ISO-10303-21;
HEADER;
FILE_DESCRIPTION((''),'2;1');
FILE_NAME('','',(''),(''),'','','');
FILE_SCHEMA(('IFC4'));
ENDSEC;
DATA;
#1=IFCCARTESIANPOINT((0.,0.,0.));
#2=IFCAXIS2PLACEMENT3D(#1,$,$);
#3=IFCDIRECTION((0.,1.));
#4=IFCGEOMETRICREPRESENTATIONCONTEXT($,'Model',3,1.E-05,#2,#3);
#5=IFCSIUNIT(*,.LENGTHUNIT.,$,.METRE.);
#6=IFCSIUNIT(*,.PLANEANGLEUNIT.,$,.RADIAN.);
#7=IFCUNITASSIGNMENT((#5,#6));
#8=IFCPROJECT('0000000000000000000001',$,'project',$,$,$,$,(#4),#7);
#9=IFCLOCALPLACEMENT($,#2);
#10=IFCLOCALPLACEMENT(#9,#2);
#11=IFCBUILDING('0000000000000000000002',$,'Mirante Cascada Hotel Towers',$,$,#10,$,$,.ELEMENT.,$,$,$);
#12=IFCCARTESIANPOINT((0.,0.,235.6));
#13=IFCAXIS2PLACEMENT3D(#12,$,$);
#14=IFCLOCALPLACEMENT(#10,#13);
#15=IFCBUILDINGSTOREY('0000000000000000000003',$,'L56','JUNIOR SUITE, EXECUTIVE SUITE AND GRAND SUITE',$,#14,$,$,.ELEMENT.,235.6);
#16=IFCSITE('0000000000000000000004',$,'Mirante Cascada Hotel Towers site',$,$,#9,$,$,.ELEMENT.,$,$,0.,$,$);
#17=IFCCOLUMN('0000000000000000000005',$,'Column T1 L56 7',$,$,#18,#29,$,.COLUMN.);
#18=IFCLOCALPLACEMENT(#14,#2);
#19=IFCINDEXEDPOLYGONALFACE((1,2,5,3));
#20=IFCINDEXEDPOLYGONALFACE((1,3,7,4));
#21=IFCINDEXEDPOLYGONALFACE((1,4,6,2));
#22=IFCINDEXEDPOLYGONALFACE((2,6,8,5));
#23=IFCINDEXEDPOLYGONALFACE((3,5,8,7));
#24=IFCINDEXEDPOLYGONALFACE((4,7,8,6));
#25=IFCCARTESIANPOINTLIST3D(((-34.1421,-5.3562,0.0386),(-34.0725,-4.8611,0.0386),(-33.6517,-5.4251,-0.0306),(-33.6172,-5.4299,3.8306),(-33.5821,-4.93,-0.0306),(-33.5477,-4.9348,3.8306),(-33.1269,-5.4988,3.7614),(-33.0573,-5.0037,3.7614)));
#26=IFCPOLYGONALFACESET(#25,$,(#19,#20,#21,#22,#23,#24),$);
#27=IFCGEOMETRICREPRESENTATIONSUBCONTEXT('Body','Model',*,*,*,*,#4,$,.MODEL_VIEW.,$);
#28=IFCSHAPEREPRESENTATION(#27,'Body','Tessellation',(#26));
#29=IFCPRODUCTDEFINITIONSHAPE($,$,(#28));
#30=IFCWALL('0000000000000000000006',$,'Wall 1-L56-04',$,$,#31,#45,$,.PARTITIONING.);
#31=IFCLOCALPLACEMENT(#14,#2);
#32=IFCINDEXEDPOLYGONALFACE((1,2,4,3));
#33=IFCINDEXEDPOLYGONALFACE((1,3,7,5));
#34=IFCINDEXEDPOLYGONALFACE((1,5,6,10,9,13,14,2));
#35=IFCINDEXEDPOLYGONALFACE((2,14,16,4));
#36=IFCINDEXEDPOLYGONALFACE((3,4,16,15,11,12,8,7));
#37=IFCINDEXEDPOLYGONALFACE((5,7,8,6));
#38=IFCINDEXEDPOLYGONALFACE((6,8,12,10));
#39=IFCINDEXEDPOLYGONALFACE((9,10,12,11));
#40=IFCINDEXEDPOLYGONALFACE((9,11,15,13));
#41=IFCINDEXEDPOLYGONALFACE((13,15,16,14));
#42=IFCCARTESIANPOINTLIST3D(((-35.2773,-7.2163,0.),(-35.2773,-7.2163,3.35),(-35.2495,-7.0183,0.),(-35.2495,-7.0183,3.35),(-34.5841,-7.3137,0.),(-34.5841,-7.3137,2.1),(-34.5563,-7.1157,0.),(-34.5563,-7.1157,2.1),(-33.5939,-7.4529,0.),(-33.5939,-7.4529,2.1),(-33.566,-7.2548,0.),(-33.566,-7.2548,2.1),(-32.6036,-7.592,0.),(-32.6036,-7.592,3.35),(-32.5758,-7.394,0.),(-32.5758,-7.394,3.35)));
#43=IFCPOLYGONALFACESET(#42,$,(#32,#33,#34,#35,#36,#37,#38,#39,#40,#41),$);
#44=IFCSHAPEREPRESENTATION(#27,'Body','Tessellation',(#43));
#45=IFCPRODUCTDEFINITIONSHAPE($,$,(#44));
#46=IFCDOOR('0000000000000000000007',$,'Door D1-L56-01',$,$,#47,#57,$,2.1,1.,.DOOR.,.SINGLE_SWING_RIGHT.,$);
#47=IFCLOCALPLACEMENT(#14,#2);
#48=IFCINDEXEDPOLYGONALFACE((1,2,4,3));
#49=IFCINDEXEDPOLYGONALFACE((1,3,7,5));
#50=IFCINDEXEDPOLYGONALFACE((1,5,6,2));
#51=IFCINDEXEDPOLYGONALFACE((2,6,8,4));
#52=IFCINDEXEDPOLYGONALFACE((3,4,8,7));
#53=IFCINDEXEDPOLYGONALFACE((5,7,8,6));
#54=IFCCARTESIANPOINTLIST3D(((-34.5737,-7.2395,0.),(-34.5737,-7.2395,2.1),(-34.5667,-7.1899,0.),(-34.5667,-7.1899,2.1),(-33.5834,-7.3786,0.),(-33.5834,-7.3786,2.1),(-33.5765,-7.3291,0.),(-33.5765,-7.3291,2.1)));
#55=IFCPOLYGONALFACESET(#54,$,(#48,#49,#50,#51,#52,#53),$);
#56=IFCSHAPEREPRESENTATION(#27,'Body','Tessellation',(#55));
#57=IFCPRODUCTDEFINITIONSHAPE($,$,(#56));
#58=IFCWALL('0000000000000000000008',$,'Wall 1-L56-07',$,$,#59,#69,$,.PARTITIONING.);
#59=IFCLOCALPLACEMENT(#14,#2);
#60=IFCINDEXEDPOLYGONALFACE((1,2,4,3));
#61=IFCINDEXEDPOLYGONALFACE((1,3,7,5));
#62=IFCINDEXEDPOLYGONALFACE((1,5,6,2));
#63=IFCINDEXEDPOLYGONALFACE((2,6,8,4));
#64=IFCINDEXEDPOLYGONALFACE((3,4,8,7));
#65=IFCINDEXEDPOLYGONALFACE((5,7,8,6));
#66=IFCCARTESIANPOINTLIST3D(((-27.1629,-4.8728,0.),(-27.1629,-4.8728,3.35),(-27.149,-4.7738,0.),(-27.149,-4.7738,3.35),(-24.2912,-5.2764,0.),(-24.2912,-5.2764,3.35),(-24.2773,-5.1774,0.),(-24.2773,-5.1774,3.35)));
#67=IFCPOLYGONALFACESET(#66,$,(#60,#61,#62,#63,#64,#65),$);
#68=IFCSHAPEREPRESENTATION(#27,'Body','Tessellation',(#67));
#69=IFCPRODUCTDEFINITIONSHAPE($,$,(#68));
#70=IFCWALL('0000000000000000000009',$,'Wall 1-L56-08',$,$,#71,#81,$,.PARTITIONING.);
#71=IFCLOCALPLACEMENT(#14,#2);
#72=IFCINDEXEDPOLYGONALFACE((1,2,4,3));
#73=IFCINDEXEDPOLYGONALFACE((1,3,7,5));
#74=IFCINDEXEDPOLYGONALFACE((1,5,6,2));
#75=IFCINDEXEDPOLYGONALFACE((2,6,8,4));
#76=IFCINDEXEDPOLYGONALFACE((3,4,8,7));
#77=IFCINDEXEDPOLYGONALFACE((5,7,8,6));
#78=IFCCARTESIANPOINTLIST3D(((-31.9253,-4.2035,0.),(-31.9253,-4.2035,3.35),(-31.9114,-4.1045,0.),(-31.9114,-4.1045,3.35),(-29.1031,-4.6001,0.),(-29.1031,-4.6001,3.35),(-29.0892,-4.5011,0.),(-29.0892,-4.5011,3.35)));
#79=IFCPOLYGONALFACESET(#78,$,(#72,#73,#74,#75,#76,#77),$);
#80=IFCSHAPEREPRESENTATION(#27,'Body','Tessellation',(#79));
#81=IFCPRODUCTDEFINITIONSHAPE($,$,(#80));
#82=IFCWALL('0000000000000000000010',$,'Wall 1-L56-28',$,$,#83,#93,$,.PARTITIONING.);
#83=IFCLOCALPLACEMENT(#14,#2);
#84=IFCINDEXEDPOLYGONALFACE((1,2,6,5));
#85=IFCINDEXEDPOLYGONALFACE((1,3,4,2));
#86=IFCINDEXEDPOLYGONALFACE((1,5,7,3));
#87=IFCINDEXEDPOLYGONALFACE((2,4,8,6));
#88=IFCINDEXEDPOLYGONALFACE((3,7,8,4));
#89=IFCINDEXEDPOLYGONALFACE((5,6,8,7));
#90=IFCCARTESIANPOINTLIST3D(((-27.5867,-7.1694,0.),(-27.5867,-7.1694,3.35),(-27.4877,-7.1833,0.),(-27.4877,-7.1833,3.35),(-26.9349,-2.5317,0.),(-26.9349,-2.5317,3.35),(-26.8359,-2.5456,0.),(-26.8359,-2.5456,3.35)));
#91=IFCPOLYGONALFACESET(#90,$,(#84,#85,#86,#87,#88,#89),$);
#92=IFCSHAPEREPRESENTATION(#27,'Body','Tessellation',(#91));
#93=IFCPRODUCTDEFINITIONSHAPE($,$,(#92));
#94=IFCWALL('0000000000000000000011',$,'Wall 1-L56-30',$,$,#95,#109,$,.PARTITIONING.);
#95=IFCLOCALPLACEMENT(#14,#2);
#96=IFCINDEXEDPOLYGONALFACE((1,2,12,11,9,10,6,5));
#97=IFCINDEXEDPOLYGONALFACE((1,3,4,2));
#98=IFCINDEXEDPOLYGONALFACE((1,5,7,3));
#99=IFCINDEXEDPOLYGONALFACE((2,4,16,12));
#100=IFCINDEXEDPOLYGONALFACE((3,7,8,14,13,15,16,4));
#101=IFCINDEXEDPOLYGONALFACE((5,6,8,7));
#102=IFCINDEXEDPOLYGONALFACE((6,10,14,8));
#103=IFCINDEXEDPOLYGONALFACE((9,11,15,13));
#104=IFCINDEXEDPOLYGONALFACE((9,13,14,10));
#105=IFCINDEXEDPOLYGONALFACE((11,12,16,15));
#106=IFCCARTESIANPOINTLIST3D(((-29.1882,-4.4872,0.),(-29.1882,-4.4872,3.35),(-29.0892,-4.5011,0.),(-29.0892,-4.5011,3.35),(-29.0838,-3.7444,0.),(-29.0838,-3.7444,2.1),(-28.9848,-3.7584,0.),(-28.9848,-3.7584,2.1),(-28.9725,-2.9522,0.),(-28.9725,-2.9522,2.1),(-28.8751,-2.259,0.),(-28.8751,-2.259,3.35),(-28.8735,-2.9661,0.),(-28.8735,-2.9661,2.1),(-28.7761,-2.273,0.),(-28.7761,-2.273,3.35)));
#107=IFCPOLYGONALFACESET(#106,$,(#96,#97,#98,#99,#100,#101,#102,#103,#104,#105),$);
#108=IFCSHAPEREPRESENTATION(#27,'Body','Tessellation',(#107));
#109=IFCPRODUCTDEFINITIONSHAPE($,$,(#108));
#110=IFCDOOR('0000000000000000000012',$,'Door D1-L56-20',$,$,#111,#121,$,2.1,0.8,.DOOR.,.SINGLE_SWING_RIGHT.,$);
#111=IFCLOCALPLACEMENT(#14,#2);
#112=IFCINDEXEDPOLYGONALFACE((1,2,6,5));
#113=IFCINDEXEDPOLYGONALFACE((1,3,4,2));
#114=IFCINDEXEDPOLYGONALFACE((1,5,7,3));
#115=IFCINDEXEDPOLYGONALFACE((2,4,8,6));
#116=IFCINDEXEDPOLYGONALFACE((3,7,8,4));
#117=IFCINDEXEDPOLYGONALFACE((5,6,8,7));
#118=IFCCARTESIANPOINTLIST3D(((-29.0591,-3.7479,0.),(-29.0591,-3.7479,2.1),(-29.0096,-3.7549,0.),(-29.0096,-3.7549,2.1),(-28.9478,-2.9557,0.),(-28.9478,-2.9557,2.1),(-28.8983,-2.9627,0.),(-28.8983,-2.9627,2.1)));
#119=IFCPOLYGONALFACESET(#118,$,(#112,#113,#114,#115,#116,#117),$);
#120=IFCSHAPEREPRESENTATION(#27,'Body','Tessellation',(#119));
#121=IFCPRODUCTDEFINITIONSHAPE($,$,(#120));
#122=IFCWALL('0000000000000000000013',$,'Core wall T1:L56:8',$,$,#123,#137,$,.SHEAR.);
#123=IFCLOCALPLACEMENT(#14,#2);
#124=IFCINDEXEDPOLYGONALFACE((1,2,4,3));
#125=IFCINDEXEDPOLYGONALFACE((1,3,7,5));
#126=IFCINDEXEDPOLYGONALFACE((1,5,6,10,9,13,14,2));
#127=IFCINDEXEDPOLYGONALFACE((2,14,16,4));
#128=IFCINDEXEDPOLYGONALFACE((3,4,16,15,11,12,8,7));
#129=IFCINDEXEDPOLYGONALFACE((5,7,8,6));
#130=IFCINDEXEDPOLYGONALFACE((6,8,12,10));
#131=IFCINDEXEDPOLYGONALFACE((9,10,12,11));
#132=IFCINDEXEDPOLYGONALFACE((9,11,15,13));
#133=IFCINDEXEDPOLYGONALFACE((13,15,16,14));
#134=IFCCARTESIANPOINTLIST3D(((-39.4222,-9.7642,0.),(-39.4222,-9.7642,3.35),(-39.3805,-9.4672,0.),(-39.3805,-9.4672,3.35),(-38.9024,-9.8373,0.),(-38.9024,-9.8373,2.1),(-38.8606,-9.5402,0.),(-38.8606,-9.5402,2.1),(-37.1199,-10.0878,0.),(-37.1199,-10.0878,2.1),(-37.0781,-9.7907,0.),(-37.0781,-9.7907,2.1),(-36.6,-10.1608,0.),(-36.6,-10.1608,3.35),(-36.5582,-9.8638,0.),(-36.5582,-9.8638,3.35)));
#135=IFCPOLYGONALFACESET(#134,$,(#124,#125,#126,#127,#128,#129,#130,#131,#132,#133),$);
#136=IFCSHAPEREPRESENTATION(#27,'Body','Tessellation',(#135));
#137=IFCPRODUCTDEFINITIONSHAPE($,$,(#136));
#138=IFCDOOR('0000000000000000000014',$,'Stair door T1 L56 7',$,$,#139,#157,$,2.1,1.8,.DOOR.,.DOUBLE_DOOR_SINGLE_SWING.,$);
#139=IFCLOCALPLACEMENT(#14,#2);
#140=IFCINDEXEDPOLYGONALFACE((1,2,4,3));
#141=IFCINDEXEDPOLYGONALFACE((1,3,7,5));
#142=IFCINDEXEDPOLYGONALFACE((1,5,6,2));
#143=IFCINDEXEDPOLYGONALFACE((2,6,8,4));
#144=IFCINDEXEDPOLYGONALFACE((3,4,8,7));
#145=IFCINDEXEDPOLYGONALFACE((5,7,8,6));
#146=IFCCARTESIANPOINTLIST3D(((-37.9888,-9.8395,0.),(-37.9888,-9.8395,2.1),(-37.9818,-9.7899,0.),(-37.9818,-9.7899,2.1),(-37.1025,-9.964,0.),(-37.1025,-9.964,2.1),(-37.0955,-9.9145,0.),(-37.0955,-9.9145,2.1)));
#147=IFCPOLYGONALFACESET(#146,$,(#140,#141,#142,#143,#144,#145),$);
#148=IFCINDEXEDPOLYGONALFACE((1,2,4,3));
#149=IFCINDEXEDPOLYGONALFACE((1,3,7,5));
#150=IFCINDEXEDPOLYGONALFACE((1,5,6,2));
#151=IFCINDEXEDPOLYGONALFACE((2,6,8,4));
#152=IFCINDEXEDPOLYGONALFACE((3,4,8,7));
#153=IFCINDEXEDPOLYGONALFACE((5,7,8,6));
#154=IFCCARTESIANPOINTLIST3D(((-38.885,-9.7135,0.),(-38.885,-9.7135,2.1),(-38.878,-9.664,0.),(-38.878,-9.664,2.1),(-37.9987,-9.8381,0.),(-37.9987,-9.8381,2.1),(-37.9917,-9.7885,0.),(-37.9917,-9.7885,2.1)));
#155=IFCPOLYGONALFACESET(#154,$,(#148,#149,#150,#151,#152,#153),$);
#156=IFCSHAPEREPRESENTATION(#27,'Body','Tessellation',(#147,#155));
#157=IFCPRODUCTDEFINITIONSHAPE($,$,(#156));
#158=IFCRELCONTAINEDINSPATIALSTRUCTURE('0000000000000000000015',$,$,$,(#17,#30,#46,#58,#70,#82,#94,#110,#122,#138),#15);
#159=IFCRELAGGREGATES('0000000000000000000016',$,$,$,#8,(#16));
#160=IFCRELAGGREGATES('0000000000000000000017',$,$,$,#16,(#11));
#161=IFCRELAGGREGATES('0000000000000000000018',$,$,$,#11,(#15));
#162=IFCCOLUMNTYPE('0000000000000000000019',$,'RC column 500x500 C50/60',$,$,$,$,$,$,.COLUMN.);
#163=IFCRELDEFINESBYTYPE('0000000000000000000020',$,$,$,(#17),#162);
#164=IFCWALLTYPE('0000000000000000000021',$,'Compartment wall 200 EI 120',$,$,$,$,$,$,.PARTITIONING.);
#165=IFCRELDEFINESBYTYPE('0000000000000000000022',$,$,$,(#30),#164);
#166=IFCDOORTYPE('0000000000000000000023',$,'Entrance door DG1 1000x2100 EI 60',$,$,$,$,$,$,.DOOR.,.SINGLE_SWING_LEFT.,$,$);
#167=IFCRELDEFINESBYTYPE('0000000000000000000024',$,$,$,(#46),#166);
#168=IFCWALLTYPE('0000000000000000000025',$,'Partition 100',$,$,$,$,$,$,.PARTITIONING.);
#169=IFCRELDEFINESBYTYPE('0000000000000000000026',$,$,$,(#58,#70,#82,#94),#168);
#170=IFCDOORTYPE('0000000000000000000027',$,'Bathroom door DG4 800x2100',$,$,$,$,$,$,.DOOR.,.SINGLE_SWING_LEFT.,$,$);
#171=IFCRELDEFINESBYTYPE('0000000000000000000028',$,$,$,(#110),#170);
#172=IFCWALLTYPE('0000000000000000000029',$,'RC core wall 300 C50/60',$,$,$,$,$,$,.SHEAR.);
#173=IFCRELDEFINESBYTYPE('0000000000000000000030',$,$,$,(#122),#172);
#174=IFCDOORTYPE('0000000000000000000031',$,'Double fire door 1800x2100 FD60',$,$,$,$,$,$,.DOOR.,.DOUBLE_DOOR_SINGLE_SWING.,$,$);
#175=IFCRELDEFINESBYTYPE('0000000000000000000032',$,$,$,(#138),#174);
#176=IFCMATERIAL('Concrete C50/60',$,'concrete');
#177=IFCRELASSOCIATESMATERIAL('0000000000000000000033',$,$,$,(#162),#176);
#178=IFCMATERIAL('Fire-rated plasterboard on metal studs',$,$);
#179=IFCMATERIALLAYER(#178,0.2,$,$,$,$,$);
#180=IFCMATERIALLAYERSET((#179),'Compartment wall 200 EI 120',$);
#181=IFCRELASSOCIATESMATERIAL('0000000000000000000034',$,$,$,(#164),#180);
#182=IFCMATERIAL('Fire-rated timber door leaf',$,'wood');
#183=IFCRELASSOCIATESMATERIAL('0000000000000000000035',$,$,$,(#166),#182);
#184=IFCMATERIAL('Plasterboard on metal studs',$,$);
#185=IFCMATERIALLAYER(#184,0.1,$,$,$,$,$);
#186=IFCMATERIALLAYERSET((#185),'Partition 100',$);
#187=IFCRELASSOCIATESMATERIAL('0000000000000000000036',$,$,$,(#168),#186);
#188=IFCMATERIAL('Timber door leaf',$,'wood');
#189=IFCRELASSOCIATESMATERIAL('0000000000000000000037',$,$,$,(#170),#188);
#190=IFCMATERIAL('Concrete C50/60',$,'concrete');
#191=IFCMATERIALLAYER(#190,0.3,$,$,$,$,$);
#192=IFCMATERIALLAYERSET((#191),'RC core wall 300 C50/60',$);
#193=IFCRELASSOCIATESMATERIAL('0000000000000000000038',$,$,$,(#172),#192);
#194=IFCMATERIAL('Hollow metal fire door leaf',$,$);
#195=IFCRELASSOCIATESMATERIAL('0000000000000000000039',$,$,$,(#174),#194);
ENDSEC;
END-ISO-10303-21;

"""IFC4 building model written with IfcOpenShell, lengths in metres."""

from ifc_helpers import new_model, si_unit, direction, frame, frame_2d, origin, origin_2d, place, context, subcontext, project, spatial, rectangle, extrude, material, layer, layer_set, material_profile, profile_set, type_object, element, fill, save


model = new_model("IFC4")

# Units and contexts
model_context = context("Model", 3, precision=1e-05, world=origin(), true_north=direction((0.0, 1.0)))
body_context = subcontext(model_context, "Body", "Model", "MODEL_VIEW")
ifc_project = project(units=[si_unit("LENGTHUNIT", "METRE"), si_unit("PLANEANGLEUNIT", "RADIAN")], contexts=[model_context])

# Site, building, storey
site_placement = place(None, origin())
site = spatial("IfcSite", under=ifc_project, at=site_placement, Name="Mirante Cascada Hotel Towers site", CompositionType="ELEMENT", RefElevation=0.0)
building_placement = place(site_placement, origin())
building = spatial("IfcBuilding", under=site, at=building_placement, Name="Mirante Cascada Hotel Towers", CompositionType="ELEMENT")
storey_placement = place(building_placement, frame((0.0, 0.0, 235.6)))
storey = spatial("IfcBuildingStorey", under=building, at=storey_placement, Name="L56", Description="JUNIOR SUITE, EXECUTIVE SUITE AND GRAND SUITE", CompositionType="ELEMENT", Elevation=235.6)

# Column
ifc_material_1 = material(Name="Concrete C50/60", Category="concrete")
ifc_material_profile = material_profile(ifc_material_1, rectangle(XDim=0.5, YDim=0.5, at=origin_2d()), Name="RC column 500x500 C50/60")
ifc_profile_set = profile_set([ifc_material_profile], Name="Concrete C50/60")
column_type = type_object("IfcColumnType", Name="RC column 500x500 C50/60", PredefinedType="COLUMN", material=ifc_profile_set)
column_placement = place(storey_placement, frame((-33.8621, -5.1431, 0.004), z_axis=(0.137065, -0.019249, 0.990375), x_axis=(0.13907, 0.990283, 0.0)))
element("IfcColumn", 1, at=column_placement, inside=storey, type_object=column_type, Name="Column T1 L56 7", PredefinedType="COLUMN", context=body_context, shape_type="SweptSolid", body=[
    extrude(rectangle(XDim=0.5, YDim=0.5, at=origin_2d()), origin(), (0.0, 0.0, 1.0), 3.8289),
])

# Wall, opening, door
ifc_material_2 = material(Name="Fire-rated plasterboard on metal studs")
ifc_layer_1 = layer(ifc_material_2, 0.2)
ifc_layer_set_1 = layer_set([ifc_layer_1], Name="Compartment wall 200 EI 120")
wall_type_1 = type_object("IfcWallType", Name="Compartment wall 200 EI 120", PredefinedType="PARTITIONING", material=ifc_layer_set_1)
wall_1_placement = place(storey_placement, frame((-35.2634, -7.1173, 0.0), z_axis=(0.0, 0.0, 1.0), x_axis=(0.990271, -0.13915, 0.0)))
wall_1 = element("IfcWall", 2, at=wall_1_placement, inside=storey, type_object=wall_type_1, Name="Wall 1-L56-04", PredefinedType="PARTITIONING", context=body_context, shape_type="SweptSolid", body=[
    extrude(rectangle(XDim=2.7, YDim=0.2, at=frame_2d((1.35, 0.0))), origin(), (0.0, 0.0, 1.0), 3.35),
])
opening_1_placement = place(wall_1_placement, frame((0.7, 0.0, 0.0)))
opening_1 = element("IfcOpeningElement", 3, at=opening_1_placement, cuts=wall_1, PredefinedType="OPENING", context=body_context, shape_type="SweptSolid", body=[
    extrude(rectangle(XDim=1.0, YDim=2.1, at=frame_2d((0.5, 1.05))), frame((0.0, 0.1, 0.0), z_axis=(0.0, -1.0, 0.0), x_axis=(1.0, 0.0, 0.0)), (0.0, 0.0, 1.0), 0.2),
])
ifc_material_3 = material(Name="Fire-rated timber door leaf", Category="wood")
door_type_1 = type_object("IfcDoorType", Name="Entrance door DG1 1000x2100 EI 60", OperationType="SINGLE_SWING_LEFT", PredefinedType="DOOR", material=ifc_material_3)
door_1_placement = place(opening_1_placement, frame((1.0, 0.0, 0.0), z_axis=(0.0, 0.0, 1.0), x_axis=(-1.0, 0.0, 0.0)))
door_1 = element("IfcDoor", 4, at=door_1_placement, inside=storey, type_object=door_type_1, Name="Door D1-L56-01", OperationType="SINGLE_SWING_RIGHT", OverallHeight=2.1, OverallWidth=1.0, PredefinedType="DOOR", context=body_context, shape_type="SweptSolid", body=[
    extrude(rectangle(XDim=1.0, YDim=2.1, at=frame_2d((0.5, 1.05))), frame((0.0, 0.025, 0.0), z_axis=(0.0, -1.0, 0.0), x_axis=(1.0, 0.0, 0.0)), (0.0, 0.0, 1.0), 0.05),
])
fill(opening_1, door_1)

# Walls
ifc_material_4 = material(Name="Plasterboard on metal studs")
ifc_layer_2 = layer(ifc_material_4, 0.1)
ifc_layer_set_2 = layer_set([ifc_layer_2], Name="Partition 100")
wall_type_2 = type_object("IfcWallType", Name="Partition 100", PredefinedType="PARTITIONING", material=ifc_layer_set_2)
wall_2_placement = place(storey_placement, frame((-24.2842, -5.2269, 0.0), z_axis=(0.0, 0.0, 1.0), x_axis=(-0.990268, 0.139176, 0.0)))
element("IfcWall", 5, at=wall_2_placement, inside=storey, type_object=wall_type_2, Name="Wall 1-L56-07", PredefinedType="PARTITIONING", context=body_context, shape_type="SweptSolid", body=[
    extrude(rectangle(XDim=2.8999, YDim=0.1, at=frame_2d((1.45, 0.0))), origin(), (0.0, 0.0, 1.0), 3.35),
])
wall_3_placement = place(storey_placement, frame((-31.9184, -4.154, 0.0), z_axis=(0.0, 0.0, 1.0), x_axis=(0.99027, -0.139161, 0.0)))
element("IfcWall", 6, at=wall_3_placement, inside=storey, type_object=wall_type_2, Name="Wall 1-L56-08", PredefinedType="PARTITIONING", context=body_context, shape_type="SweptSolid", body=[
    extrude(rectangle(XDim=2.8499, YDim=0.1, at=frame_2d((1.425, 0.0))), origin(), (0.0, 0.0, 1.0), 3.35),
])
wall_4_placement = place(storey_placement, frame((-26.8854, -2.5387, 0.0), z_axis=(0.0, 0.0, 1.0), x_axis=(-0.139176, -0.990268, 0.0)))
element("IfcWall", 7, at=wall_4_placement, inside=storey, type_object=wall_type_2, Name="Wall 1-L56-28", PredefinedType="PARTITIONING", context=body_context, shape_type="SweptSolid", body=[
    extrude(rectangle(XDim=4.6833, YDim=0.1, at=frame_2d((2.3416, 0.0))), origin(), (0.0, 0.0, 1.0), 3.35),
])

# Walls, openings, doors
wall_5_placement = place(storey_placement, frame((-28.8256, -2.266, 0.0), z_axis=(0.0, 0.0, 1.0), x_axis=(-0.139156, -0.990271, 0.0)))
wall_5 = element("IfcWall", 8, at=wall_5_placement, inside=storey, type_object=wall_type_2, Name="Wall 1-L56-30", PredefinedType="PARTITIONING", context=body_context, shape_type="SweptSolid", body=[
    extrude(rectangle(XDim=2.25, YDim=0.1, at=frame_2d((1.125, 0.0))), origin(), (0.0, 0.0, 1.0), 3.35),
])
opening_2_placement = place(wall_5_placement, frame((0.7, 0.0, 0.0)))
opening_2 = element("IfcOpeningElement", 9, at=opening_2_placement, cuts=wall_5, PredefinedType="OPENING", context=body_context, shape_type="SweptSolid", body=[
    extrude(rectangle(XDim=0.8, YDim=2.1, at=frame_2d((0.4, 1.05))), frame((0.0, 0.05, 0.0), z_axis=(0.0, -1.0, 0.0), x_axis=(1.0, 0.0, 0.0)), (0.0, 0.0, 1.0), 0.1),
])
ifc_material_5 = material(Name="Timber door leaf", Category="wood")
door_type_2 = type_object("IfcDoorType", Name="Bathroom door DG4 800x2100", OperationType="SINGLE_SWING_LEFT", PredefinedType="DOOR", material=ifc_material_5)
door_2_placement = place(opening_2_placement, frame((0.8, 0.0, 0.0), z_axis=(0.0, 0.0, 1.0), x_axis=(-1.0, 0.0, 0.0)))
door_2 = element("IfcDoor", 10, at=door_2_placement, inside=storey, type_object=door_type_2, Name="Door D1-L56-20", OperationType="SINGLE_SWING_RIGHT", OverallHeight=2.1, OverallWidth=0.8, PredefinedType="DOOR", context=body_context, shape_type="SweptSolid", body=[
    extrude(rectangle(XDim=0.8, YDim=2.1, at=frame_2d((0.4, 1.05))), frame((0.0, 0.025, 0.0), z_axis=(0.0, -1.0, 0.0), x_axis=(1.0, 0.0, 0.0)), (0.0, 0.0, 1.0), 0.05),
])
fill(opening_2, door_2)
ifc_material_6 = material(Name="Concrete C50/60", Category="concrete")
ifc_layer_3 = layer(ifc_material_6, 0.3)
ifc_layer_set_3 = layer_set([ifc_layer_3], Name="RC core wall 300 C50/60")
wall_type_3 = type_object("IfcWallType", Name="RC core wall 300 C50/60", PredefinedType="SHEAR", material=ifc_layer_set_3)
wall_6_placement = place(storey_placement, frame((-36.5791, -10.0123, 0.0), z_axis=(0.0, 0.0, 1.0), x_axis=(-0.99027, 0.139156, 0.0)))
wall_6 = element("IfcWall", 11, at=wall_6_placement, inside=storey, type_object=wall_type_3, Name="Core wall T1:L56:8", PredefinedType="SHEAR", context=body_context, shape_type="SweptSolid", body=[
    extrude(rectangle(XDim=2.85, YDim=0.3, at=frame_2d((1.425, 0.0))), origin(), (0.0, 0.0, 1.0), 3.35),
])
opening_3_placement = place(wall_6_placement, frame((0.525, 0.0, 0.0)))
opening_3 = element("IfcOpeningElement", 12, at=opening_3_placement, cuts=wall_6, PredefinedType="OPENING", context=body_context, shape_type="SweptSolid", body=[
    extrude(rectangle(XDim=1.8, YDim=2.1, at=frame_2d((0.9, 1.05))), frame((0.0, 0.15, 0.0), z_axis=(0.0, -1.0, 0.0), x_axis=(1.0, 0.0, 0.0)), (0.0, 0.0, 1.0), 0.3),
])
ifc_material_7 = material(Name="Hollow metal fire door leaf")
door_type_3 = type_object("IfcDoorType", Name="Double fire door 1800x2100 FD60", OperationType="DOUBLE_DOOR_SINGLE_SWING", PredefinedType="DOOR", material=ifc_material_7)
door_3_placement = place(opening_3_placement, origin())
door_3 = element("IfcDoor", 13, at=door_3_placement, inside=storey, type_object=door_type_3, Name="Stair door T1 L56 7", OperationType="DOUBLE_DOOR_SINGLE_SWING", OverallHeight=2.1, OverallWidth=1.8, PredefinedType="DOOR", context=body_context, shape_type="SweptSolid", body=[
    extrude(rectangle(XDim=0.895, YDim=2.1, at=frame_2d((0.4475, 1.05))), frame((0.0, 0.025, 0.0), z_axis=(0.0, -1.0, 0.0), x_axis=(1.0, 0.0, 0.0)), (0.0, 0.0, 1.0), 0.05),
    extrude(rectangle(XDim=0.895, YDim=2.1, at=frame_2d((1.3525, 1.05))), frame((0.0, 0.025, 0.0), z_axis=(0.0, -1.0, 0.0), x_axis=(1.0, 0.0, 0.0)), (0.0, 0.0, 1.0), 0.05),
])
fill(opening_3, door_3)

save(model, "model.ifc")
